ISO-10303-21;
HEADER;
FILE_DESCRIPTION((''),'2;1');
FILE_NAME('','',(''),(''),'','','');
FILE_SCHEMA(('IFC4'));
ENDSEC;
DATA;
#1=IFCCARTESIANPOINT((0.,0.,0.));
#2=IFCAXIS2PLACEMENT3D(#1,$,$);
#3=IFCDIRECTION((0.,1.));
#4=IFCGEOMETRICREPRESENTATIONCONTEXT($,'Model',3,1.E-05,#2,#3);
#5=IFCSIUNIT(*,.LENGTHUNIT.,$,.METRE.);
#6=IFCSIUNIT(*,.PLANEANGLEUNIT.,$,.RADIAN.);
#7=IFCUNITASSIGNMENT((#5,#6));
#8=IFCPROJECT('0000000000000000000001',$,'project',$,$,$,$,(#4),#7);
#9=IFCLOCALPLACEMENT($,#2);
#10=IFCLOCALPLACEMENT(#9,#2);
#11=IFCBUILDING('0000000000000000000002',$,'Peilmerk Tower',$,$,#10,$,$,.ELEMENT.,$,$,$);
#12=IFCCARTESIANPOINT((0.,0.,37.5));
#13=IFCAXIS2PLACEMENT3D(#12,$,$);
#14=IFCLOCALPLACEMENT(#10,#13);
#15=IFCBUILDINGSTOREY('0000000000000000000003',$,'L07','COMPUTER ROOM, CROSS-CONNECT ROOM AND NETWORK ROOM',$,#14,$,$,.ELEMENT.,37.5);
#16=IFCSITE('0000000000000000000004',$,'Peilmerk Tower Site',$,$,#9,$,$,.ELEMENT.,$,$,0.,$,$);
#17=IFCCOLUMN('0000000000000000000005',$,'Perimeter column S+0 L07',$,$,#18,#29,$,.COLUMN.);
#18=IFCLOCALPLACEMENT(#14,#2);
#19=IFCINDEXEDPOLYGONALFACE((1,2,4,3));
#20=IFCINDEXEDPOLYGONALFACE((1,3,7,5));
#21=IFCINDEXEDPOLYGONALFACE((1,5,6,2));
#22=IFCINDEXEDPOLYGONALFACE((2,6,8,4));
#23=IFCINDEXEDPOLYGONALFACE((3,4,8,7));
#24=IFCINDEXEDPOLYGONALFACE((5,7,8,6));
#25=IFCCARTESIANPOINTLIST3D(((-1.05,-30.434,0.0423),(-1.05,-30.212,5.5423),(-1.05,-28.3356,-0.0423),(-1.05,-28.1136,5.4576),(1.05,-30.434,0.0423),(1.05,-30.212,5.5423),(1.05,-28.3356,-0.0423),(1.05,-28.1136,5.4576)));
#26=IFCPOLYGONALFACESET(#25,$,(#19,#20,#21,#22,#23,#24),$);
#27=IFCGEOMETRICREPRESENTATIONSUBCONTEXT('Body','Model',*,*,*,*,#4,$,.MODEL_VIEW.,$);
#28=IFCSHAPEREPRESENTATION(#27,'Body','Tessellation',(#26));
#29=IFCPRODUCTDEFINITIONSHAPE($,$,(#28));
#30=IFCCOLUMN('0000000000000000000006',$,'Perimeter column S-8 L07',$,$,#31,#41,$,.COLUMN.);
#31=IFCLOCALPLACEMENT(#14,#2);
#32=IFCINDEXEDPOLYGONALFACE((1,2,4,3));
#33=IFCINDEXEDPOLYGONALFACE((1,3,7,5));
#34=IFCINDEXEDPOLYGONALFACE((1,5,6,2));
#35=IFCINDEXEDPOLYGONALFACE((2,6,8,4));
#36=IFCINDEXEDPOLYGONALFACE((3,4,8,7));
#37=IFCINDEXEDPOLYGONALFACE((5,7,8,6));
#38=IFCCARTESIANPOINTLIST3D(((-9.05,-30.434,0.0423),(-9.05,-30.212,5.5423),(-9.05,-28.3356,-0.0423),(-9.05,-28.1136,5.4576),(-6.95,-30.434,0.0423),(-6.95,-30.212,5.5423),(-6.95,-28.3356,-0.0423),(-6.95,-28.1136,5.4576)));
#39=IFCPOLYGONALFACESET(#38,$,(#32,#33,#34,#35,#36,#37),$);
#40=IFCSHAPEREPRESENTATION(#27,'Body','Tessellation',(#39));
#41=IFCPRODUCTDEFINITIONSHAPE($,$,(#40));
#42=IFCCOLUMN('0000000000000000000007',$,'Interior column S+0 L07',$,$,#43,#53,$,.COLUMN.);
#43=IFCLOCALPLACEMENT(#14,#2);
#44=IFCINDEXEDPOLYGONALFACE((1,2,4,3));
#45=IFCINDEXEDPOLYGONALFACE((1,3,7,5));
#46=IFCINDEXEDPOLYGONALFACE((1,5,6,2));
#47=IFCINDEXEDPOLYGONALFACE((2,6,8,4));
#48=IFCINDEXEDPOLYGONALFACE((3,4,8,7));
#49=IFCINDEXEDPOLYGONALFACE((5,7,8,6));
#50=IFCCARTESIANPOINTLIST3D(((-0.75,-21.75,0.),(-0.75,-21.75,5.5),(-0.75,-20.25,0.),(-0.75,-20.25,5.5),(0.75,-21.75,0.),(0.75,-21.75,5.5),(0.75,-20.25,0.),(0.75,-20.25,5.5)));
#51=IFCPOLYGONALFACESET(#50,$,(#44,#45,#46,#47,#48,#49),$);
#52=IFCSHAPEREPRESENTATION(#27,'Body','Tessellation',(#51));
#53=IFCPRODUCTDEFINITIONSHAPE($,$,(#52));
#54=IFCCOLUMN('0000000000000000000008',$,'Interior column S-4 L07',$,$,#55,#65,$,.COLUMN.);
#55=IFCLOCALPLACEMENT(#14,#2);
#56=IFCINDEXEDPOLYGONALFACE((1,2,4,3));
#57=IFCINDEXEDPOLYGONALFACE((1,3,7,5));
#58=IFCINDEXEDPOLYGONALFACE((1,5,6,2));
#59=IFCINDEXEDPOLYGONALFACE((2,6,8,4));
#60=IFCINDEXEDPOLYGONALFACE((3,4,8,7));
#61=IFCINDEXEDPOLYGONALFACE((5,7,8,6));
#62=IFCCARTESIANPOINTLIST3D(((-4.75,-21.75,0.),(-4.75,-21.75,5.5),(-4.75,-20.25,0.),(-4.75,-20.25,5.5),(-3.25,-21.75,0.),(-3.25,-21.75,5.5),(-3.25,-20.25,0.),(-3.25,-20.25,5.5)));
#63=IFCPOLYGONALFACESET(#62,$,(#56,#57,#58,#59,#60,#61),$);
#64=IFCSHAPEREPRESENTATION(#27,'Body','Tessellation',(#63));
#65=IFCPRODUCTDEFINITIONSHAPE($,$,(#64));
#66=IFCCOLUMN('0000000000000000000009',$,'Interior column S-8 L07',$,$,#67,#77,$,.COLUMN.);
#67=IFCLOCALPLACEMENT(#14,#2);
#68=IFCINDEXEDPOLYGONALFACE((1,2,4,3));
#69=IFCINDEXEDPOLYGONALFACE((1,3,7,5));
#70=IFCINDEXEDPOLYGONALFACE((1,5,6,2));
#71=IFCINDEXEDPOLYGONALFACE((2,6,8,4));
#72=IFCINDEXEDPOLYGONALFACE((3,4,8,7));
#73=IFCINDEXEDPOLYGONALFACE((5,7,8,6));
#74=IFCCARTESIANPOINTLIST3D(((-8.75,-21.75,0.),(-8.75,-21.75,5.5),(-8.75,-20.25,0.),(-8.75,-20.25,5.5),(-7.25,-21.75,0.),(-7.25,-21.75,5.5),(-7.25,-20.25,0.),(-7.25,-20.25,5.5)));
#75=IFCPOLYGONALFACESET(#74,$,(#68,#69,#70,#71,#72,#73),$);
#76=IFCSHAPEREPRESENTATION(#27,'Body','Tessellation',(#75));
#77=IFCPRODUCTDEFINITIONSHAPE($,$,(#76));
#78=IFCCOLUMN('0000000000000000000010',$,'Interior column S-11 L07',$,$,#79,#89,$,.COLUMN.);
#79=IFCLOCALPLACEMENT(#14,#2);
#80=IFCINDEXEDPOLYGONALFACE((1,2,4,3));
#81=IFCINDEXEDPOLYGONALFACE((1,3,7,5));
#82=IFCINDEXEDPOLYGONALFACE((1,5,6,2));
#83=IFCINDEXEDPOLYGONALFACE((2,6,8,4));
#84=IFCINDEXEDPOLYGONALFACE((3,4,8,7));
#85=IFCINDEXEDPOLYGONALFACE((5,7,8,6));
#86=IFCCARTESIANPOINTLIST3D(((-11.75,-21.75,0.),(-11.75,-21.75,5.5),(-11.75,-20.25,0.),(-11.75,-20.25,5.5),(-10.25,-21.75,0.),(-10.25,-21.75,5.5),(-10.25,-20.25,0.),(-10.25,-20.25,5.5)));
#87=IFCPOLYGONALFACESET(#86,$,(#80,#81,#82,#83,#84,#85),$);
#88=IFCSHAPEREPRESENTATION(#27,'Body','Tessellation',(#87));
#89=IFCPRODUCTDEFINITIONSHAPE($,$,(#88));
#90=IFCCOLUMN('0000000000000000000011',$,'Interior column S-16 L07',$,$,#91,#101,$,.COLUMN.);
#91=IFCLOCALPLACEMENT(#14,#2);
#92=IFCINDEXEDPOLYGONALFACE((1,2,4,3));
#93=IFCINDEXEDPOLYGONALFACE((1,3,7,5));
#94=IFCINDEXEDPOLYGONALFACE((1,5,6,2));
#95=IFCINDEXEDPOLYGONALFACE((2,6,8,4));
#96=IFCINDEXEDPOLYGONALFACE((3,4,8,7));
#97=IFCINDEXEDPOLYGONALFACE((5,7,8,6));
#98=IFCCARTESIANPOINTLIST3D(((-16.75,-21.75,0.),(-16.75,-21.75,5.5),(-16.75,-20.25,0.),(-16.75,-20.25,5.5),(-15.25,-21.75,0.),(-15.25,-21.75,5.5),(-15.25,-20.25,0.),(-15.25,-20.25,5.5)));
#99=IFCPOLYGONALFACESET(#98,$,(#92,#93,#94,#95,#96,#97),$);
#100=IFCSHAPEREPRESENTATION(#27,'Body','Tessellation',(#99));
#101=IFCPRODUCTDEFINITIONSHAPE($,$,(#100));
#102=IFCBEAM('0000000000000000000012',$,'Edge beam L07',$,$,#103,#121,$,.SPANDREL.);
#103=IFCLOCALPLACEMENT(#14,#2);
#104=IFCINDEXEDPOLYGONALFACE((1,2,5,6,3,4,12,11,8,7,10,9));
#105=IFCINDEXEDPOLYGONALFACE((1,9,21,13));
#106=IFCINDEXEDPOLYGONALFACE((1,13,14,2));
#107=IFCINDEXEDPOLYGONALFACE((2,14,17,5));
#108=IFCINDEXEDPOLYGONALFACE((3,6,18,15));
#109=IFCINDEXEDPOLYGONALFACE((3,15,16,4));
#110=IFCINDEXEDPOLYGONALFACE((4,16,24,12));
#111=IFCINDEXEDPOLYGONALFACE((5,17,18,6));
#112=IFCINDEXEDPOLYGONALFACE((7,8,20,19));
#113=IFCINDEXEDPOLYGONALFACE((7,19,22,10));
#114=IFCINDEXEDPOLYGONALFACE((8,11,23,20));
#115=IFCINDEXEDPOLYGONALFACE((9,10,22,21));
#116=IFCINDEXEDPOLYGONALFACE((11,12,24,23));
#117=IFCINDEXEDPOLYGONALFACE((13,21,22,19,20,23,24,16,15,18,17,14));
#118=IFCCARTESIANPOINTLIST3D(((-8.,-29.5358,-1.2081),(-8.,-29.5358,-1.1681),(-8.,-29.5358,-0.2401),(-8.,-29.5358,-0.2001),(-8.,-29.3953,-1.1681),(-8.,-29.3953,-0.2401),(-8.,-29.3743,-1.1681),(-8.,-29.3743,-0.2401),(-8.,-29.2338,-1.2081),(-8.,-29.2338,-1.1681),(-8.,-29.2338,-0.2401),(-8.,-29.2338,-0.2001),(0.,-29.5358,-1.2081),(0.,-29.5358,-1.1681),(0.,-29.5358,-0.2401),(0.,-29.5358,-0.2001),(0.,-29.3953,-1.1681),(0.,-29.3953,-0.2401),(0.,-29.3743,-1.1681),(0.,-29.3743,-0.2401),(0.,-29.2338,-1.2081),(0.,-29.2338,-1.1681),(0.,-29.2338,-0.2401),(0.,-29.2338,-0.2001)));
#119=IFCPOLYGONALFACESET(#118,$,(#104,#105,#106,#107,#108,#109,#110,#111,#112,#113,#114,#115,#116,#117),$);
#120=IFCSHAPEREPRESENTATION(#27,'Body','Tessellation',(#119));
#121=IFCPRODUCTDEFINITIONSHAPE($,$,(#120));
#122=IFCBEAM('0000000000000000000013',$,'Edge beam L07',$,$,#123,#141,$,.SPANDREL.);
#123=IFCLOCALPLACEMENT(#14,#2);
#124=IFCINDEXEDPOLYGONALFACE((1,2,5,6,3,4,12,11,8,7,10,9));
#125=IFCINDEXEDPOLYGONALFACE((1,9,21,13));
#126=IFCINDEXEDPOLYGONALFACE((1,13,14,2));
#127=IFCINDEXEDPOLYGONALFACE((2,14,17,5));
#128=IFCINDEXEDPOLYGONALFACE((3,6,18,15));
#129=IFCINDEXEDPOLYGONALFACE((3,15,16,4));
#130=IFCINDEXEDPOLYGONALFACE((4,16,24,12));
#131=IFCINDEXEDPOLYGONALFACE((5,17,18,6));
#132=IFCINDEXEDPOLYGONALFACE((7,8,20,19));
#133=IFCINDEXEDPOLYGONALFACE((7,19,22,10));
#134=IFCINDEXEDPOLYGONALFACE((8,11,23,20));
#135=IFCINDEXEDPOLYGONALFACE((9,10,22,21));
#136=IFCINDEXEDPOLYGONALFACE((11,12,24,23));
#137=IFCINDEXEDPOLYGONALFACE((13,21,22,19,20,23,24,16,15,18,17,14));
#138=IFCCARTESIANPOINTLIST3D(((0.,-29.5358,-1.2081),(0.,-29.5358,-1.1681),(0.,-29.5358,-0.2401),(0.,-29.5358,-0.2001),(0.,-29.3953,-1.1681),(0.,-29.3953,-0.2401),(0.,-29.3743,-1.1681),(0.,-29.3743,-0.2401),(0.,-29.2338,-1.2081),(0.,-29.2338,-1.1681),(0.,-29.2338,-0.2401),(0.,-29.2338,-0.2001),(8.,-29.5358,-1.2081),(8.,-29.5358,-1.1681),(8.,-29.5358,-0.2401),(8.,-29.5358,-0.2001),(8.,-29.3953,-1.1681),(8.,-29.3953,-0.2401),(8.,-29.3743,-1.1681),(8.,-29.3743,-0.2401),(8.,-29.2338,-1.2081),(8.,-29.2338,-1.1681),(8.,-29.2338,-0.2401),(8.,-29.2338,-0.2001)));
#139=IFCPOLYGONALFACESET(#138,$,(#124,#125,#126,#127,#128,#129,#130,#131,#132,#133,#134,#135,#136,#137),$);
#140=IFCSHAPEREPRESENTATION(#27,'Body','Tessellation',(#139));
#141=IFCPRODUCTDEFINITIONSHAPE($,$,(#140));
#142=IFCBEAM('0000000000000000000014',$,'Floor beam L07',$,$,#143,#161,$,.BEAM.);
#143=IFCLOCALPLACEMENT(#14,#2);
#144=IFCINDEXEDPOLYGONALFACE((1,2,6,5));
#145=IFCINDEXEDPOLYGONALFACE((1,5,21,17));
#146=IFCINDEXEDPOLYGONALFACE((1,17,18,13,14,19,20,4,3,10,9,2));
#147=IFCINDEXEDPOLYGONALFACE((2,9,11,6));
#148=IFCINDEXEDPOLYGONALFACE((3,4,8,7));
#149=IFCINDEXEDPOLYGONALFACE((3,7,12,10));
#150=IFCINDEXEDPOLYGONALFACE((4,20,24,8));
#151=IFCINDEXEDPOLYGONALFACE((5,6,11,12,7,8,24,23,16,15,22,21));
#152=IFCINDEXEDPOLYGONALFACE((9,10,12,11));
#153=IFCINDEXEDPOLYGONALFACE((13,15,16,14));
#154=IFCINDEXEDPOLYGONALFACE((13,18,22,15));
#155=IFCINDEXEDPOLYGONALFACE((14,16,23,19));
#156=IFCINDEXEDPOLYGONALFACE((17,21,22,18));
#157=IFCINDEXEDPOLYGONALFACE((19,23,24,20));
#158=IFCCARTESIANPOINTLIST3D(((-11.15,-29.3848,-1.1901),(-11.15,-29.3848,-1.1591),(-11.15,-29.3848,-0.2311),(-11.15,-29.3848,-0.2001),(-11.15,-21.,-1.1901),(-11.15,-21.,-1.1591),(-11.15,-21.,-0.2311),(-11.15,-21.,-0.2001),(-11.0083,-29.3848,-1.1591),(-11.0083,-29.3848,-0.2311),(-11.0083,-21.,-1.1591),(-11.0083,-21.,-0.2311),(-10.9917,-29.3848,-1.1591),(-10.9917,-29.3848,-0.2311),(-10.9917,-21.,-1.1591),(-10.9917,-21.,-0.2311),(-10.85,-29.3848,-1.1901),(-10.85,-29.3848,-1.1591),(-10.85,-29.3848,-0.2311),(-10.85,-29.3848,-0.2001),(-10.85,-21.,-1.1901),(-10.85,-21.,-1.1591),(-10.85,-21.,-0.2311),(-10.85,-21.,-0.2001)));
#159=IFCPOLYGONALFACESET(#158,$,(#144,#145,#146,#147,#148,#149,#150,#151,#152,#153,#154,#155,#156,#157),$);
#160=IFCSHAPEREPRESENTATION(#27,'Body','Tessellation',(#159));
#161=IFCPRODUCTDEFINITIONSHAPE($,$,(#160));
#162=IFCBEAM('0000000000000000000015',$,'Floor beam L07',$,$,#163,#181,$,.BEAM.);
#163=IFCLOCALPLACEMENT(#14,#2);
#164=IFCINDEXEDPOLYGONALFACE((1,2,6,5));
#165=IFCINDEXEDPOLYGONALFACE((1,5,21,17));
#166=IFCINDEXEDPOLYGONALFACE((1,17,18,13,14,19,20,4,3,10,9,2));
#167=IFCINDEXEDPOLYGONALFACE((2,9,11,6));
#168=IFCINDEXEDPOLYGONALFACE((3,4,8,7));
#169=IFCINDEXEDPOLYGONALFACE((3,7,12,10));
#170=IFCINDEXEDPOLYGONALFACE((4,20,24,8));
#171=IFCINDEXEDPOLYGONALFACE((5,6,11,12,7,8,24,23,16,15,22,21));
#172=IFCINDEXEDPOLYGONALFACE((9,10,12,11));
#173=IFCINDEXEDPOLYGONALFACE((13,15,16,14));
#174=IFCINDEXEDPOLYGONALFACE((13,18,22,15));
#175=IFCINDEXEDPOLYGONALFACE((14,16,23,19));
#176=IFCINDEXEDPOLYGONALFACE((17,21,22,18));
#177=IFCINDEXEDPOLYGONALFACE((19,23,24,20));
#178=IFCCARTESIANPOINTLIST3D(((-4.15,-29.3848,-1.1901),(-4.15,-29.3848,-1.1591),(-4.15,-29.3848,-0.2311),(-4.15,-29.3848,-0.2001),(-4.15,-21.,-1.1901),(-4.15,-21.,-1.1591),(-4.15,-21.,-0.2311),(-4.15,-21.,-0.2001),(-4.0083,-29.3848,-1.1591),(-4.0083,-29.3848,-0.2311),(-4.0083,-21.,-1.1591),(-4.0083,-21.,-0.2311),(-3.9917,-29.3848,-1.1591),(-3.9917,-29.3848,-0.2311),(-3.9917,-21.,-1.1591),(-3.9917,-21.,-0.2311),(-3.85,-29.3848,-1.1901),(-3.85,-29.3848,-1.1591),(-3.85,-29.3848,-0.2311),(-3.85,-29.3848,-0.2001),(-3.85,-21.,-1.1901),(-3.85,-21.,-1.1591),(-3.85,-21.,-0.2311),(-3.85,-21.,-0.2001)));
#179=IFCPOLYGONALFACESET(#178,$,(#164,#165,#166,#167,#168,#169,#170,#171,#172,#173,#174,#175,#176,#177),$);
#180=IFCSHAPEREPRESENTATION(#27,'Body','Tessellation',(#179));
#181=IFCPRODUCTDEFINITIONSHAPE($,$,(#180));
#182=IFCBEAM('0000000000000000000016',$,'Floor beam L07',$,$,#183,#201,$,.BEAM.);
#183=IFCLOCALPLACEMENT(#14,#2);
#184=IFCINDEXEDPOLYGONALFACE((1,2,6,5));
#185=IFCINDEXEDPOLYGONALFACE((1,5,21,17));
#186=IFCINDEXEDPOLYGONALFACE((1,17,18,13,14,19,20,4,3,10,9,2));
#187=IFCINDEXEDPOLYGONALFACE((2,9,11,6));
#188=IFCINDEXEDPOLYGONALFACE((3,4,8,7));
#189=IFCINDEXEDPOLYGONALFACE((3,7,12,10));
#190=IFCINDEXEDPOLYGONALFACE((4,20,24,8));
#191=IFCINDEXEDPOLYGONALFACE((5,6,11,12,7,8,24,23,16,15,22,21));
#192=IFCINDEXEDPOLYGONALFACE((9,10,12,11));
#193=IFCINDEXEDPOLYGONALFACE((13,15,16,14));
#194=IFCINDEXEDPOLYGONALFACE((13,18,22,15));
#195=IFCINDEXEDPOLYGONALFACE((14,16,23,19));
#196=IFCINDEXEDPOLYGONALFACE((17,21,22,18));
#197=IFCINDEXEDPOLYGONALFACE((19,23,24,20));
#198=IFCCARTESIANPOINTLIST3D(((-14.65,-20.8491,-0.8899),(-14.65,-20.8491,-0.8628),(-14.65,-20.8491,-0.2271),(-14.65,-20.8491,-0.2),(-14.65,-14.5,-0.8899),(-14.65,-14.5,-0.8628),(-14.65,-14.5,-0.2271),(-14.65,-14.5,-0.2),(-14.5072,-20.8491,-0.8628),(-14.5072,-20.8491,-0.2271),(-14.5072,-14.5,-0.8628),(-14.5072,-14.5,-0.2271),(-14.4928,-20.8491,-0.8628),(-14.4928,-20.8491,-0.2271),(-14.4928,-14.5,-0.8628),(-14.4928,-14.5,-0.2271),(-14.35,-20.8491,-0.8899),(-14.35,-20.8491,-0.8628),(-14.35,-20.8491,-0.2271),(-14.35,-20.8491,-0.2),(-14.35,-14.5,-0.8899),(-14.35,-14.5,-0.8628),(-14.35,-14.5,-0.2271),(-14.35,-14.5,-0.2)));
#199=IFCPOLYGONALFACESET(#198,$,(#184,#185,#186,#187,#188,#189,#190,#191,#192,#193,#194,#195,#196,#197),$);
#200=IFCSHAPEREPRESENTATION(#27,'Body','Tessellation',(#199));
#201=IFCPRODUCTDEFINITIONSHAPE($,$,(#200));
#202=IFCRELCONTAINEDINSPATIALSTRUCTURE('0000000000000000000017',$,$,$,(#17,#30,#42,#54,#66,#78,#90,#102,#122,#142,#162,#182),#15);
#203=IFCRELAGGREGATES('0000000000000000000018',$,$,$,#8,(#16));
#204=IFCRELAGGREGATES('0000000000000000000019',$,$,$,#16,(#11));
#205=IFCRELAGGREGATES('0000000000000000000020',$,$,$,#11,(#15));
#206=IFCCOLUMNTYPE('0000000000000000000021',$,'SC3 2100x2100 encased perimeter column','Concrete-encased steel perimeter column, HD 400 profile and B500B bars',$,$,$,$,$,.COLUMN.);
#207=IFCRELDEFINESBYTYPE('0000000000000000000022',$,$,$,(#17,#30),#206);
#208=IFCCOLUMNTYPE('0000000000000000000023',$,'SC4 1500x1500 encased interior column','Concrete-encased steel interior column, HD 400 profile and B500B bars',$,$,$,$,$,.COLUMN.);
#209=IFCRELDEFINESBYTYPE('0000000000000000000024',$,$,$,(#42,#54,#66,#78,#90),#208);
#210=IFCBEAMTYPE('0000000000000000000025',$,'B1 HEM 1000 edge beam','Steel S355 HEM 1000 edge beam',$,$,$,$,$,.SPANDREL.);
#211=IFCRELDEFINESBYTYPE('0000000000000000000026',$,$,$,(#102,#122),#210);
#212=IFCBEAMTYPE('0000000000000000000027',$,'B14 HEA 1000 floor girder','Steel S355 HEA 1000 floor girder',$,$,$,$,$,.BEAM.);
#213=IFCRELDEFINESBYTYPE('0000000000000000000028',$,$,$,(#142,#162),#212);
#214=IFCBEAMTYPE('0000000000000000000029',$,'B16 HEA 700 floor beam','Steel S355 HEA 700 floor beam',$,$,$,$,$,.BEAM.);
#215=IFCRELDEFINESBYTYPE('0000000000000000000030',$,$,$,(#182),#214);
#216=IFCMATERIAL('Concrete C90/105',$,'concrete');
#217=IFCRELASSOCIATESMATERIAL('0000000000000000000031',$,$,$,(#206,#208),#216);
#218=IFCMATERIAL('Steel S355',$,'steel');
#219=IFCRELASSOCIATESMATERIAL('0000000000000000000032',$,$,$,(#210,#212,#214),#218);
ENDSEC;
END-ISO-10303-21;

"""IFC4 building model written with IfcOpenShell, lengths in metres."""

from ifc_helpers import new_model, si_unit, direction, frame, origin, origin_2d, place, context, subcontext, project, spatial, rectangle, i_section, extrude, material, material_profile, profile_set, type_object, element, save


model = new_model("IFC4")

# Units and contexts
model_context = context("Model", 3, precision=1e-05, world=origin(), true_north=direction((0.0, 1.0)))
body_context = subcontext(model_context, "Body", "Model", "MODEL_VIEW")
ifc_project = project(units=[si_unit("LENGTHUNIT", "METRE"), si_unit("PLANEANGLEUNIT", "RADIAN")], contexts=[model_context])

# Site, building, storey
site_placement = place(None, origin())
site = spatial("IfcSite", under=ifc_project, at=site_placement, Name="Peilmerk Tower Site", CompositionType="ELEMENT", RefElevation=0.0)
building_placement = place(site_placement, origin())
building = spatial("IfcBuilding", under=site, at=building_placement, Name="Peilmerk Tower", CompositionType="ELEMENT")
storey_placement = place(building_placement, frame((0.0, 0.0, 37.5)))
storey = spatial("IfcBuildingStorey", under=building, at=storey_placement, Name="L07", Description="COMPUTER ROOM, CROSS-CONNECT ROOM AND NETWORK ROOM", CompositionType="ELEMENT", Elevation=37.5)

# Columns
ifc_material_1 = material(Name="Concrete C90/105", Category="concrete")
ifc_material_profile_1 = material_profile(ifc_material_1, rectangle(XDim=2.1001, YDim=2.1001, at=origin_2d()), Name="RC 2100x2100")
ifc_profile_set_1 = profile_set([ifc_material_profile_1], Name="Concrete C90/105")
column_type_1 = type_object("IfcColumnType", Name="SC3 2100x2100 encased perimeter column", Description="Concrete-encased steel perimeter column, HD 400 profile and B500B bars", PredefinedType="COLUMN", material=ifc_profile_set_1)
for number, where, z_axis, x_axis, name in (
    (1, (0.0, -29.3848, 0.0), (0.0, 0.040317, 0.999187), (-1.0, 0.0, 0.0), "Perimeter column S+0 L07"),
    (2, (-8.0, -29.3848, 0.0), (0.0, 0.040317, 0.999187), (-1.0, 0.0, 0.0), "Perimeter column S-8 L07"),
):
    element("IfcColumn", number, at=place(storey_placement, frame(where, z_axis=z_axis, x_axis=x_axis)), inside=storey, type_object=column_type_1, Name=name, PredefinedType="COLUMN", context=body_context, shape_type="SweptSolid", body=[
        extrude(rectangle(XDim=2.1001, YDim=2.1001, at=origin_2d()), origin(), (0.0, 0.0, 1.0), 5.5044),
    ])
ifc_material_profile_2 = material_profile(ifc_material_1, rectangle(XDim=1.5, YDim=1.5, at=origin_2d()), Name="RC 1500x1500")
ifc_profile_set_2 = profile_set([ifc_material_profile_2], Name="Concrete C90/105")
column_type_2 = type_object("IfcColumnType", Name="SC4 1500x1500 encased interior column", Description="Concrete-encased steel interior column, HD 400 profile and B500B bars", PredefinedType="COLUMN", material=ifc_profile_set_2)
for number, where, z_axis, x_axis, name in (
    (3, (0.0, -21.0, 0.0), (0.0, 0.0, 1.0), (1.0, 0.0, 0.0), "Interior column S+0 L07"),
    (4, (-4.0, -21.0, 0.0), (0.0, 0.0, 1.0), (1.0, 0.0, 0.0), "Interior column S-4 L07"),
    (5, (-8.0, -21.0, 0.0), (0.0, 0.0, 1.0), (1.0, 0.0, 0.0), "Interior column S-8 L07"),
    (6, (-11.0, -21.0, 0.0), (0.0, 0.0, 1.0), (1.0, 0.0, 0.0), "Interior column S-11 L07"),
    (7, (-16.0, -21.0, 0.0), (0.0, 0.0, 1.0), (1.0, 0.0, 0.0), "Interior column S-16 L07"),
):
    element("IfcColumn", number, at=place(storey_placement, frame(where, z_axis=z_axis, x_axis=x_axis)), inside=storey, type_object=column_type_2, Name=name, PredefinedType="COLUMN", context=body_context, shape_type="SweptSolid", body=[
        extrude(rectangle(XDim=1.5, YDim=1.5, at=origin_2d()), origin(), (0.0, 0.0, 1.0), 5.5),
    ])

# Beams
ifc_material_2 = material(Name="Steel S355", Category="steel")
ifc_material_profile_3 = material_profile(ifc_material_2, i_section(OverallWidth=0.302, OverallDepth=1.0081, WebThickness=0.021, FlangeThickness=0.04, at=origin_2d()), Name="HEM 1000")
ifc_profile_set_3 = profile_set([ifc_material_profile_3], Name="Steel S355")
beam_type_1 = type_object("IfcBeamType", Name="B1 HEM 1000 edge beam", Description="Steel S355 HEM 1000 edge beam", PredefinedType="SPANDREL", material=ifc_profile_set_3)
for number, where, z_axis, x_axis, name in (
    (8, (-8.0, -29.3848, -0.7041), (1.0, 0.0, 0.0), (0.0, 1.0, 0.0), "Edge beam L07"),
    (9, (0.0, -29.3848, -0.7041), (1.0, 0.0, 0.0), (0.0, 1.0, 0.0), "Edge beam L07"),
):
    element("IfcBeam", number, at=place(storey_placement, frame(where, z_axis=z_axis, x_axis=x_axis)), inside=storey, type_object=beam_type_1, Name=name, PredefinedType="SPANDREL", context=body_context, shape_type="SweptSolid", body=[
        extrude(i_section(OverallWidth=0.302, OverallDepth=1.0081, WebThickness=0.021, FlangeThickness=0.04, at=origin_2d()), origin(), (0.0, 0.0, 1.0), 8.0),
    ])
ifc_material_profile_4 = material_profile(ifc_material_2, i_section(OverallWidth=0.3, OverallDepth=0.99, WebThickness=0.0166, FlangeThickness=0.031, at=origin_2d()), Name="HEA 1000")
ifc_profile_set_4 = profile_set([ifc_material_profile_4], Name="Steel S355")
beam_type_2 = type_object("IfcBeamType", Name="B14 HEA 1000 floor girder", Description="Steel S355 HEA 1000 floor girder", PredefinedType="BEAM", material=ifc_profile_set_4)
for number, where, z_axis, x_axis, name in (
    (10, (-11.0, -21.0, -0.6951), (0.0, -1.0, 0.0), (1.0, 0.0, 0.0), "Floor beam L07"),
    (11, (-4.0, -21.0, -0.6951), (0.0, -1.0, 0.0), (1.0, 0.0, 0.0), "Floor beam L07"),
):
    element("IfcBeam", number, at=place(storey_placement, frame(where, z_axis=z_axis, x_axis=x_axis)), inside=storey, type_object=beam_type_2, Name=name, PredefinedType="BEAM", context=body_context, shape_type="SweptSolid", body=[
        extrude(i_section(OverallWidth=0.3, OverallDepth=0.99, WebThickness=0.0166, FlangeThickness=0.031, at=origin_2d()), origin(), (0.0, 0.0, 1.0), 8.3848),
    ])
ifc_material_profile_5 = material_profile(ifc_material_2, i_section(OverallWidth=0.3, OverallDepth=0.6899, WebThickness=0.0144, FlangeThickness=0.0271, at=origin_2d()), Name="HEA 700")
ifc_profile_set_5 = profile_set([ifc_material_profile_5], Name="Steel S355")
beam_type_3 = type_object("IfcBeamType", Name="B16 HEA 700 floor beam", Description="Steel S355 HEA 700 floor beam", PredefinedType="BEAM", material=ifc_profile_set_5)
for number, where, z_axis, x_axis, name in (
    (12, (-14.5, -14.5, -0.5449), (0.0, -1.0, 0.0), (1.0, 0.0, 0.0), "Floor beam L07"),
):
    element("IfcBeam", number, at=place(storey_placement, frame(where, z_axis=z_axis, x_axis=x_axis)), inside=storey, type_object=beam_type_3, Name=name, PredefinedType="BEAM", context=body_context, shape_type="SweptSolid", body=[
        extrude(i_section(OverallWidth=0.3, OverallDepth=0.6899, WebThickness=0.0144, FlangeThickness=0.0271, at=origin_2d()), origin(), (0.0, 0.0, 1.0), 6.3491),
    ])

save(model, "model.ifc")
